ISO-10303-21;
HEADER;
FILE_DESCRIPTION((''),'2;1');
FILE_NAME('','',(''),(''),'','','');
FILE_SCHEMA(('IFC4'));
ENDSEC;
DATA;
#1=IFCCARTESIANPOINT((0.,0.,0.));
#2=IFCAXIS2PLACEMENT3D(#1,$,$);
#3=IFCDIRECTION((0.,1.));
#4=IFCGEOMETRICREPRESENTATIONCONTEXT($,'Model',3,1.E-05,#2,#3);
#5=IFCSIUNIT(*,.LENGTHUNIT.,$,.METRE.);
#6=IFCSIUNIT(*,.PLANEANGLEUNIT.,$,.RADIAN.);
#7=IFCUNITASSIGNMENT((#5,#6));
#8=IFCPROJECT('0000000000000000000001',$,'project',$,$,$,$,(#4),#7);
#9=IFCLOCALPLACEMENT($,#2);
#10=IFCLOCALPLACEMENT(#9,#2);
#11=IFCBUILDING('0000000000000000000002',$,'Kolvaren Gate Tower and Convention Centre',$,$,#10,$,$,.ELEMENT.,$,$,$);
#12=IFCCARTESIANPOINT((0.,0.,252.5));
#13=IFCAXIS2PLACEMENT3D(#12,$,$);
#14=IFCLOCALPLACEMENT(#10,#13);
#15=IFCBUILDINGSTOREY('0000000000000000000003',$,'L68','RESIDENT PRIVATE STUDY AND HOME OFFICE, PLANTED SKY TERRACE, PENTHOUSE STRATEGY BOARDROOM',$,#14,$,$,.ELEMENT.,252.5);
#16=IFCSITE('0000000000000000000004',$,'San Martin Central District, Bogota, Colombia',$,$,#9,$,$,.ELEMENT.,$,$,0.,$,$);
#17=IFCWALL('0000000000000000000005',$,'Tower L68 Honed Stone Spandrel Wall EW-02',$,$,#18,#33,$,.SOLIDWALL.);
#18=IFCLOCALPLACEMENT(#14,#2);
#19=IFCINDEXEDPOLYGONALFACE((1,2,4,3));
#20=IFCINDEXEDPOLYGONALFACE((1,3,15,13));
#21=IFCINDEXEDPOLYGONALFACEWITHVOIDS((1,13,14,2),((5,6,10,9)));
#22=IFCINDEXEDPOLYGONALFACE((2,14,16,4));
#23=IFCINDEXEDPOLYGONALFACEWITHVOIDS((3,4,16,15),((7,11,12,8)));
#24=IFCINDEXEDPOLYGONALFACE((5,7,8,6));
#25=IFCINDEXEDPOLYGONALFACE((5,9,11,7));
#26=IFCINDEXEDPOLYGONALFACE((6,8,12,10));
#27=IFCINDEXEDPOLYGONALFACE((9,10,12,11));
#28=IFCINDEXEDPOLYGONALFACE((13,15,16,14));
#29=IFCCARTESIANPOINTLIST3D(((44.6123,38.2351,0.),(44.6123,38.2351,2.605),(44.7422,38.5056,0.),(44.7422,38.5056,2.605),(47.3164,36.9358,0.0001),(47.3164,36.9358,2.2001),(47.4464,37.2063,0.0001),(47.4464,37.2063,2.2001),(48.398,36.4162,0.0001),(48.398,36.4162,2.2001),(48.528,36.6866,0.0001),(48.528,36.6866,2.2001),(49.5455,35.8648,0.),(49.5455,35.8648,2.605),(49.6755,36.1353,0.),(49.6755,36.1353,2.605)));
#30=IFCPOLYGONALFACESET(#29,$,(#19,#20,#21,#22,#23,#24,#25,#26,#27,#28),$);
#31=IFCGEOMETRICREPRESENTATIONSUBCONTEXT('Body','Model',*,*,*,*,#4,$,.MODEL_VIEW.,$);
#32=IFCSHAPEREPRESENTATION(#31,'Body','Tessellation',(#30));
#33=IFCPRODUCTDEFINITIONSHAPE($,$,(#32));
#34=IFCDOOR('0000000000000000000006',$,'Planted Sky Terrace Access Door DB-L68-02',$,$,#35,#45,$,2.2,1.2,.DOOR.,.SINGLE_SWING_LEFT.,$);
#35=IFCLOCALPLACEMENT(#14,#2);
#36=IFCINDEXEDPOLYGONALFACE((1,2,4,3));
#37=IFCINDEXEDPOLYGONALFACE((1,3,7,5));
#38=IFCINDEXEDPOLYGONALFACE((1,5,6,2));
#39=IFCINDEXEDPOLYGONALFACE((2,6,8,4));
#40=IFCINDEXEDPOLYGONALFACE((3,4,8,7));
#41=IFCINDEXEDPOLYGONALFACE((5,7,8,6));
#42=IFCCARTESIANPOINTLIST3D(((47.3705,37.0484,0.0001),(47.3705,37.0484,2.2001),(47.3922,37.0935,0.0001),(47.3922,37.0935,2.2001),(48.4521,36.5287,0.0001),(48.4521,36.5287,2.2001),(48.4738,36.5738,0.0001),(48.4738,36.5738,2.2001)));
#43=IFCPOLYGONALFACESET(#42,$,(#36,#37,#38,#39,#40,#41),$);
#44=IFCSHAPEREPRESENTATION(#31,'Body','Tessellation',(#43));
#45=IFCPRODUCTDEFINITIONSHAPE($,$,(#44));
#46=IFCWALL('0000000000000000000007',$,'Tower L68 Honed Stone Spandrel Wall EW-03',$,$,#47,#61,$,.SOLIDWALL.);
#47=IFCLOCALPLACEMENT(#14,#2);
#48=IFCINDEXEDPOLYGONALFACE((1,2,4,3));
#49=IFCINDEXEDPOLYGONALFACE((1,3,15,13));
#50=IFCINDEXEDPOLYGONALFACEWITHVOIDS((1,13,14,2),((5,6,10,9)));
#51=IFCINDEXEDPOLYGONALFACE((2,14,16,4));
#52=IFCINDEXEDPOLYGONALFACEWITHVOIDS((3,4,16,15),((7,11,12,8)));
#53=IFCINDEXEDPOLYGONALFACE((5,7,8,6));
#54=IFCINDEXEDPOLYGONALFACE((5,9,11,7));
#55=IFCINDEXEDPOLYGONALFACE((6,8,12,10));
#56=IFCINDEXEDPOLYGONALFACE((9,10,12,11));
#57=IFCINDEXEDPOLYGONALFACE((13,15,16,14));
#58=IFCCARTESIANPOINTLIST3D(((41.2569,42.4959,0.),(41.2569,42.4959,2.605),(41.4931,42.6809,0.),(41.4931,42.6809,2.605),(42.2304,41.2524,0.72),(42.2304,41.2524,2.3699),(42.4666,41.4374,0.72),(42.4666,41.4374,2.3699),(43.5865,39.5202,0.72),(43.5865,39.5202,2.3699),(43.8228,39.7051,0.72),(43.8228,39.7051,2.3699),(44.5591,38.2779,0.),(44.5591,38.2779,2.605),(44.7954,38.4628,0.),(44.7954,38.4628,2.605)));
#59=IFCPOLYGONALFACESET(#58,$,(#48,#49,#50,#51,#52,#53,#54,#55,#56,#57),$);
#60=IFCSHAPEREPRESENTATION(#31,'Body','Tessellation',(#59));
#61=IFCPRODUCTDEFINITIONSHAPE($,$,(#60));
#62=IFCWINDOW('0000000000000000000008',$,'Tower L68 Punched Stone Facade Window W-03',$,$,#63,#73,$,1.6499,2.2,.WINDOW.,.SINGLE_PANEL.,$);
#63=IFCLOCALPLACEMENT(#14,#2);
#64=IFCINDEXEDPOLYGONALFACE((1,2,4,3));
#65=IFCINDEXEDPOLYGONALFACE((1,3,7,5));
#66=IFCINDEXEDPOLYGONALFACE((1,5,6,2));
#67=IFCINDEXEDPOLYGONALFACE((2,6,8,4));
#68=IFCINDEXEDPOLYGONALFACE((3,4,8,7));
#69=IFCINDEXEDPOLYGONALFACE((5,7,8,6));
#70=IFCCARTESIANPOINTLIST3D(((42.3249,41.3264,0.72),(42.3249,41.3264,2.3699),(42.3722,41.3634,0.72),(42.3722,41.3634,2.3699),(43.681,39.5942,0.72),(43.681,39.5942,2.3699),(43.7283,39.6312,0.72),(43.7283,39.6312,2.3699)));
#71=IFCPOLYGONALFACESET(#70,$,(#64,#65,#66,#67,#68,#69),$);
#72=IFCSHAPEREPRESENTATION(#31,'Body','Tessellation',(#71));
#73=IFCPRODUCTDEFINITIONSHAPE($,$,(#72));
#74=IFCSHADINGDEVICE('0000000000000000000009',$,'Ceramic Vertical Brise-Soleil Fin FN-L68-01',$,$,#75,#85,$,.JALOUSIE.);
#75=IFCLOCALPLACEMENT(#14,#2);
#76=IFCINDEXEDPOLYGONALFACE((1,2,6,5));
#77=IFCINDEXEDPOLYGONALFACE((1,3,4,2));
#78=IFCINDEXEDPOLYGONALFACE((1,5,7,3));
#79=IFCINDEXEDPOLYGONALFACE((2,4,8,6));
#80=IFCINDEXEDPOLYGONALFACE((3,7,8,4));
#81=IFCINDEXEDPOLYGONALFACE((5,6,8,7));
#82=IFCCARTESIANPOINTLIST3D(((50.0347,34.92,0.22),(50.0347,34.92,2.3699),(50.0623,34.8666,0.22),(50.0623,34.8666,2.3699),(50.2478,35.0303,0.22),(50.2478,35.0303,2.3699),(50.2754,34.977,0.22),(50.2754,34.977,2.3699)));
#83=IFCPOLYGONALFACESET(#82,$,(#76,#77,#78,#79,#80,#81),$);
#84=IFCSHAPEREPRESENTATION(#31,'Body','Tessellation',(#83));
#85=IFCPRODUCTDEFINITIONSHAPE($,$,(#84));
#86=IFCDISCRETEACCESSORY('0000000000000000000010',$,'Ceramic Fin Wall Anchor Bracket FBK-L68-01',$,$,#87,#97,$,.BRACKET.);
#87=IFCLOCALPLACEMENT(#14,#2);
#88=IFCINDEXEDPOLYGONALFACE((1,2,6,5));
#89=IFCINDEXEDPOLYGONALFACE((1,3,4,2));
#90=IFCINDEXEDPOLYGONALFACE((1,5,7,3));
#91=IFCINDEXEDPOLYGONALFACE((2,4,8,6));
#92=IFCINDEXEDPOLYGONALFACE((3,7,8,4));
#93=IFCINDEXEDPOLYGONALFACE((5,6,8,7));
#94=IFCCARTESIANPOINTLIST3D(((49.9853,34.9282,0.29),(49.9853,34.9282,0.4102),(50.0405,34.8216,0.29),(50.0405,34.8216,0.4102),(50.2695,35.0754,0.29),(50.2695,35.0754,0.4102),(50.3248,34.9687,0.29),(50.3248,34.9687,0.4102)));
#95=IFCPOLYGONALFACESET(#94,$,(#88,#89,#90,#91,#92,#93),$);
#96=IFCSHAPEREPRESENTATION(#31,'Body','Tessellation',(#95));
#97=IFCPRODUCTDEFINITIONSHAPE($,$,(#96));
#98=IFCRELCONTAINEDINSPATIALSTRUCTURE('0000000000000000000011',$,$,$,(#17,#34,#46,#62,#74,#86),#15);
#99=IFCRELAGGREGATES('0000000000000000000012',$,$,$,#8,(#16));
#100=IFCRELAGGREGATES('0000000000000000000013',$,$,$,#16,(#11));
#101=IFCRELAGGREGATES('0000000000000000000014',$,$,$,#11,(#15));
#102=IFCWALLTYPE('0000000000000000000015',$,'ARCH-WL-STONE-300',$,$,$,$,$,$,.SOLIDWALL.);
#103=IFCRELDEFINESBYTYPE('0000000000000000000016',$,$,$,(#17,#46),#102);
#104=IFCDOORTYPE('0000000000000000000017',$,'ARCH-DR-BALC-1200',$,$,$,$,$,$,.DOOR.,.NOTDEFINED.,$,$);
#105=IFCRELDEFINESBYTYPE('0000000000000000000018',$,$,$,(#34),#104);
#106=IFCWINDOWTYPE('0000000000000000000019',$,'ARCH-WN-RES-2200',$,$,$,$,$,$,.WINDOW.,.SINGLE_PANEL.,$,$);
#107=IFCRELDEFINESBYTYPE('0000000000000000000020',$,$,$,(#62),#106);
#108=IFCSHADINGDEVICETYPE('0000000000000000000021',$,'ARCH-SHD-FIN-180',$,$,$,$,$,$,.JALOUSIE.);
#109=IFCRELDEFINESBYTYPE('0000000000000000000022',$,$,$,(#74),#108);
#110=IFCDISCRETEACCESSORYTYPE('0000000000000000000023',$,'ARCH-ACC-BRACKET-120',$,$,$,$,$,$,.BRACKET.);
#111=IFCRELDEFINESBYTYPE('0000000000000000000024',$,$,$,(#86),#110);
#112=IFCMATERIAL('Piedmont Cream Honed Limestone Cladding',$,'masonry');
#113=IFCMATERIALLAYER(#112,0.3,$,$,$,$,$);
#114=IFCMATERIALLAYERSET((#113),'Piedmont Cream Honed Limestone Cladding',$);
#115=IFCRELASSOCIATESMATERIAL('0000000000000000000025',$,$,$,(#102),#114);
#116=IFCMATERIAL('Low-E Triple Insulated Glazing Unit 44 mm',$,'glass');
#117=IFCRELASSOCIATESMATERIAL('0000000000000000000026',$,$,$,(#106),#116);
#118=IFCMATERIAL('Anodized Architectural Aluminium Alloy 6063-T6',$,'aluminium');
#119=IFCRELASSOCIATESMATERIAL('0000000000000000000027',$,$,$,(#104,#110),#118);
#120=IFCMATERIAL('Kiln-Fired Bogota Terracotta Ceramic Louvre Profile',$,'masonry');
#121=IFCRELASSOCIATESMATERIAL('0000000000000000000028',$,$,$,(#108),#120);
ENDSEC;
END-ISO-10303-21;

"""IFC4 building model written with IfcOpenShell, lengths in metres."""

from ifc_helpers import new_model, si_unit, direction, frame, frame_2d, origin, origin_2d, place, context, subcontext, project, spatial, rectangle, extrude, material, layer, layer_set, type_object, element, fill, save


model = new_model("IFC4")

# Units and contexts
model_context = context("Model", 3, precision=1e-05, world=origin(), true_north=direction((0.0, 1.0)))
body_context = subcontext(model_context, "Body", "Model", "MODEL_VIEW")
ifc_project = project(units=[si_unit("LENGTHUNIT", "METRE"), si_unit("PLANEANGLEUNIT", "RADIAN")], contexts=[model_context])

# Site, building, storey
site_placement = place(None, origin())
site = spatial("IfcSite", under=ifc_project, at=site_placement, Name="San Martin Central District, Bogota, Colombia", CompositionType="ELEMENT", RefElevation=0.0)
building_placement = place(site_placement, origin())
building = spatial("IfcBuilding", under=site, at=building_placement, Name="Kolvaren Gate Tower and Convention Centre", CompositionType="ELEMENT")
storey_placement = place(building_placement, frame((0.0, 0.0, 252.5)))
storey = spatial("IfcBuildingStorey", under=building, at=storey_placement, Name="L68", Description="RESIDENT PRIVATE STUDY AND HOME OFFICE, PLANTED SKY TERRACE, PENTHOUSE STRATEGY BOARDROOM", CompositionType="ELEMENT", Elevation=252.5)

# Shared definitions
ifc_material_1 = material(Name="Piedmont Cream Honed Limestone Cladding", Category="masonry")

# Shared definitions
ifc_layer_1 = layer(ifc_material_1, 0.3)
ifc_layer_set_1 = layer_set([ifc_layer_1], Name="Piedmont Cream Honed Limestone Cladding")
wall_type_1 = type_object("IfcWallType", Name="ARCH-WL-STONE-300", PredefinedType="SOLIDWALL", material=ifc_layer_set_1)
ifc_material_2 = material(Name="Low-E Triple Insulated Glazing Unit 44 mm", Category="glass")
window_type = type_object("IfcWindowType", Name="ARCH-WN-RES-2200", PartitioningType="SINGLE_PANEL", PredefinedType="WINDOW", material=ifc_material_2)

# Wall, opening, door
wall_1_placement = place(storey_placement, frame((44.6772, 38.3704, 0.0), z_axis=(0.0, 0.0, 1.0), x_axis=(0.901355, -0.433081, 0.0)))
wall_1 = element("IfcWall", 1, at=wall_1_placement, inside=storey, type_object=wall_type_1, Name="Tower L68 Honed Stone Spandrel Wall EW-02", PredefinedType="SOLIDWALL", context=body_context, shape_type="SweptSolid", body=[
    extrude(rectangle(XDim=5.4731, YDim=0.3, at=frame_2d((2.7366, 0.0))), origin(), (0.0, 0.0, 1.0), 2.605),
])
opening_1_placement = place(wall_1_placement, frame((3.0, 0.0, 0.0)))
opening_1 = element("IfcOpeningElement", 2, at=opening_1_placement, cuts=wall_1, PredefinedType="OPENING", context=body_context, shape_type="SweptSolid", body=[
    extrude(rectangle(XDim=1.2, YDim=2.2, at=frame_2d((0.6001, 1.1001))), frame((0.0, 0.1599, 0.0), z_axis=(0.0, -1.0, 0.0), x_axis=(1.0, 0.0, 0.0)), (0.0, 0.0, 1.0), 0.3201),
])
ifc_material_3 = material(Name="Anodized Architectural Aluminium Alloy 6063-T6", Category="aluminium")
door_type_1 = type_object("IfcDoorType", Name="ARCH-DR-BALC-1200", OperationType="NOTDEFINED", PredefinedType="DOOR", material=ifc_material_3)
door_1_placement = place(opening_1_placement, origin())
door_1 = element("IfcDoor", 3, at=door_1_placement, inside=storey, type_object=door_type_1, Name="Planted Sky Terrace Access Door DB-L68-02", OperationType="SINGLE_SWING_LEFT", OverallHeight=2.2, OverallWidth=1.2, PredefinedType="DOOR", context=body_context, shape_type="SweptSolid", body=[
    extrude(rectangle(XDim=1.2, YDim=2.2, at=frame_2d((0.6001, 1.1001))), frame((0.0, 0.0249, 0.0), z_axis=(0.0, -1.0, 0.0), x_axis=(1.0, 0.0, 0.0)), (0.0, 0.0, 1.0), 0.05),
])
fill(opening_1, door_1)

# Wall, opening, window
wall_2_placement = place(storey_placement, frame((41.375, 42.5884, 0.0), z_axis=(0.0, 0.0, 1.0), x_axis=(0.616446, -0.787397, 0.0)))
wall_2 = element("IfcWall", 4, at=wall_2_placement, inside=storey, type_object=wall_type_1, Name="Tower L68 Honed Stone Spandrel Wall EW-03", PredefinedType="SOLIDWALL", context=body_context, shape_type="SweptSolid", body=[
    extrude(rectangle(XDim=5.3569, YDim=0.3, at=frame_2d((2.6785, 0.0))), origin(), (0.0, 0.0, 1.0), 2.605),
])
opening_2_placement = place(wall_2_placement, frame((1.5791, 0.0, 0.72)))
opening_2 = element("IfcOpeningElement", 5, at=opening_2_placement, cuts=wall_2, PredefinedType="OPENING", context=body_context, shape_type="SweptSolid", body=[
    extrude(rectangle(XDim=2.2, YDim=1.6499, at=frame_2d((1.1001, 0.825))), frame((0.0, 0.1599, 0.0), z_axis=(0.0, -1.0, 0.0), x_axis=(1.0, 0.0, 0.0)), (0.0, 0.0, 1.0), 0.3201),
])
window_1_placement = place(opening_2_placement, origin())
window_1 = element("IfcWindow", 6, at=window_1_placement, inside=storey, type_object=window_type, Name="Tower L68 Punched Stone Facade Window W-03", OverallHeight=1.6499, OverallWidth=2.2, PartitioningType="SINGLE_PANEL", PredefinedType="WINDOW", context=body_context, shape_type="SweptSolid", body=[
    extrude(rectangle(XDim=2.2, YDim=1.6499, at=frame_2d((1.1001, 0.825))), frame((0.0, 0.03, 0.0), z_axis=(0.0, -1.0, 0.0), x_axis=(1.0, 0.0, 0.0)), (0.0, 0.0, 1.0), 0.0601),
])
fill(opening_2, window_1)

# Shading device
ifc_material_4 = material(Name="Kiln-Fired Bogota Terracotta Ceramic Louvre Profile", Category="masonry")
shading_device_type = type_object("IfcShadingDeviceType", Name="ARCH-SHD-FIN-180", PredefinedType="JALOUSIE", material=ifc_material_4)
shading_device_placement = place(storey_placement, frame((50.155, 34.9485, 0.22), z_axis=(0.0, 0.0, 1.0), x_axis=(0.459778, -0.888034, 0.0)))
element("IfcShadingDevice", 7, at=shading_device_placement, inside=storey, type_object=shading_device_type, Name="Ceramic Vertical Brise-Soleil Fin FN-L68-01", PredefinedType="JALOUSIE", context=body_context, shape_type="SweptSolid", body=[
    extrude(rectangle(XDim=0.0601, YDim=0.24, at=origin_2d()), origin(), (0.0, 0.0, 1.0), 2.1499),
])

# Discrete accessory
discrete_accessory_type = type_object("IfcDiscreteAccessoryType", Name="ARCH-ACC-BRACKET-120", PredefinedType="BRACKET", material=ifc_material_3)
discrete_accessory_placement = place(storey_placement, frame((50.155, 34.9485, 0.29), z_axis=(0.0, 0.0, 1.0), x_axis=(0.459778, -0.888034, 0.0)))
element("IfcDiscreteAccessory", 8, at=discrete_accessory_placement, inside=storey, type_object=discrete_accessory_type, Name="Ceramic Fin Wall Anchor Bracket FBK-L68-01", PredefinedType="BRACKET", context=body_context, shape_type="SweptSolid", body=[
    extrude(rectangle(XDim=0.1201, YDim=0.3201, at=origin_2d()), origin(), (0.0, 0.0, 1.0), 0.1201),
])

save(model, "model.ifc")
